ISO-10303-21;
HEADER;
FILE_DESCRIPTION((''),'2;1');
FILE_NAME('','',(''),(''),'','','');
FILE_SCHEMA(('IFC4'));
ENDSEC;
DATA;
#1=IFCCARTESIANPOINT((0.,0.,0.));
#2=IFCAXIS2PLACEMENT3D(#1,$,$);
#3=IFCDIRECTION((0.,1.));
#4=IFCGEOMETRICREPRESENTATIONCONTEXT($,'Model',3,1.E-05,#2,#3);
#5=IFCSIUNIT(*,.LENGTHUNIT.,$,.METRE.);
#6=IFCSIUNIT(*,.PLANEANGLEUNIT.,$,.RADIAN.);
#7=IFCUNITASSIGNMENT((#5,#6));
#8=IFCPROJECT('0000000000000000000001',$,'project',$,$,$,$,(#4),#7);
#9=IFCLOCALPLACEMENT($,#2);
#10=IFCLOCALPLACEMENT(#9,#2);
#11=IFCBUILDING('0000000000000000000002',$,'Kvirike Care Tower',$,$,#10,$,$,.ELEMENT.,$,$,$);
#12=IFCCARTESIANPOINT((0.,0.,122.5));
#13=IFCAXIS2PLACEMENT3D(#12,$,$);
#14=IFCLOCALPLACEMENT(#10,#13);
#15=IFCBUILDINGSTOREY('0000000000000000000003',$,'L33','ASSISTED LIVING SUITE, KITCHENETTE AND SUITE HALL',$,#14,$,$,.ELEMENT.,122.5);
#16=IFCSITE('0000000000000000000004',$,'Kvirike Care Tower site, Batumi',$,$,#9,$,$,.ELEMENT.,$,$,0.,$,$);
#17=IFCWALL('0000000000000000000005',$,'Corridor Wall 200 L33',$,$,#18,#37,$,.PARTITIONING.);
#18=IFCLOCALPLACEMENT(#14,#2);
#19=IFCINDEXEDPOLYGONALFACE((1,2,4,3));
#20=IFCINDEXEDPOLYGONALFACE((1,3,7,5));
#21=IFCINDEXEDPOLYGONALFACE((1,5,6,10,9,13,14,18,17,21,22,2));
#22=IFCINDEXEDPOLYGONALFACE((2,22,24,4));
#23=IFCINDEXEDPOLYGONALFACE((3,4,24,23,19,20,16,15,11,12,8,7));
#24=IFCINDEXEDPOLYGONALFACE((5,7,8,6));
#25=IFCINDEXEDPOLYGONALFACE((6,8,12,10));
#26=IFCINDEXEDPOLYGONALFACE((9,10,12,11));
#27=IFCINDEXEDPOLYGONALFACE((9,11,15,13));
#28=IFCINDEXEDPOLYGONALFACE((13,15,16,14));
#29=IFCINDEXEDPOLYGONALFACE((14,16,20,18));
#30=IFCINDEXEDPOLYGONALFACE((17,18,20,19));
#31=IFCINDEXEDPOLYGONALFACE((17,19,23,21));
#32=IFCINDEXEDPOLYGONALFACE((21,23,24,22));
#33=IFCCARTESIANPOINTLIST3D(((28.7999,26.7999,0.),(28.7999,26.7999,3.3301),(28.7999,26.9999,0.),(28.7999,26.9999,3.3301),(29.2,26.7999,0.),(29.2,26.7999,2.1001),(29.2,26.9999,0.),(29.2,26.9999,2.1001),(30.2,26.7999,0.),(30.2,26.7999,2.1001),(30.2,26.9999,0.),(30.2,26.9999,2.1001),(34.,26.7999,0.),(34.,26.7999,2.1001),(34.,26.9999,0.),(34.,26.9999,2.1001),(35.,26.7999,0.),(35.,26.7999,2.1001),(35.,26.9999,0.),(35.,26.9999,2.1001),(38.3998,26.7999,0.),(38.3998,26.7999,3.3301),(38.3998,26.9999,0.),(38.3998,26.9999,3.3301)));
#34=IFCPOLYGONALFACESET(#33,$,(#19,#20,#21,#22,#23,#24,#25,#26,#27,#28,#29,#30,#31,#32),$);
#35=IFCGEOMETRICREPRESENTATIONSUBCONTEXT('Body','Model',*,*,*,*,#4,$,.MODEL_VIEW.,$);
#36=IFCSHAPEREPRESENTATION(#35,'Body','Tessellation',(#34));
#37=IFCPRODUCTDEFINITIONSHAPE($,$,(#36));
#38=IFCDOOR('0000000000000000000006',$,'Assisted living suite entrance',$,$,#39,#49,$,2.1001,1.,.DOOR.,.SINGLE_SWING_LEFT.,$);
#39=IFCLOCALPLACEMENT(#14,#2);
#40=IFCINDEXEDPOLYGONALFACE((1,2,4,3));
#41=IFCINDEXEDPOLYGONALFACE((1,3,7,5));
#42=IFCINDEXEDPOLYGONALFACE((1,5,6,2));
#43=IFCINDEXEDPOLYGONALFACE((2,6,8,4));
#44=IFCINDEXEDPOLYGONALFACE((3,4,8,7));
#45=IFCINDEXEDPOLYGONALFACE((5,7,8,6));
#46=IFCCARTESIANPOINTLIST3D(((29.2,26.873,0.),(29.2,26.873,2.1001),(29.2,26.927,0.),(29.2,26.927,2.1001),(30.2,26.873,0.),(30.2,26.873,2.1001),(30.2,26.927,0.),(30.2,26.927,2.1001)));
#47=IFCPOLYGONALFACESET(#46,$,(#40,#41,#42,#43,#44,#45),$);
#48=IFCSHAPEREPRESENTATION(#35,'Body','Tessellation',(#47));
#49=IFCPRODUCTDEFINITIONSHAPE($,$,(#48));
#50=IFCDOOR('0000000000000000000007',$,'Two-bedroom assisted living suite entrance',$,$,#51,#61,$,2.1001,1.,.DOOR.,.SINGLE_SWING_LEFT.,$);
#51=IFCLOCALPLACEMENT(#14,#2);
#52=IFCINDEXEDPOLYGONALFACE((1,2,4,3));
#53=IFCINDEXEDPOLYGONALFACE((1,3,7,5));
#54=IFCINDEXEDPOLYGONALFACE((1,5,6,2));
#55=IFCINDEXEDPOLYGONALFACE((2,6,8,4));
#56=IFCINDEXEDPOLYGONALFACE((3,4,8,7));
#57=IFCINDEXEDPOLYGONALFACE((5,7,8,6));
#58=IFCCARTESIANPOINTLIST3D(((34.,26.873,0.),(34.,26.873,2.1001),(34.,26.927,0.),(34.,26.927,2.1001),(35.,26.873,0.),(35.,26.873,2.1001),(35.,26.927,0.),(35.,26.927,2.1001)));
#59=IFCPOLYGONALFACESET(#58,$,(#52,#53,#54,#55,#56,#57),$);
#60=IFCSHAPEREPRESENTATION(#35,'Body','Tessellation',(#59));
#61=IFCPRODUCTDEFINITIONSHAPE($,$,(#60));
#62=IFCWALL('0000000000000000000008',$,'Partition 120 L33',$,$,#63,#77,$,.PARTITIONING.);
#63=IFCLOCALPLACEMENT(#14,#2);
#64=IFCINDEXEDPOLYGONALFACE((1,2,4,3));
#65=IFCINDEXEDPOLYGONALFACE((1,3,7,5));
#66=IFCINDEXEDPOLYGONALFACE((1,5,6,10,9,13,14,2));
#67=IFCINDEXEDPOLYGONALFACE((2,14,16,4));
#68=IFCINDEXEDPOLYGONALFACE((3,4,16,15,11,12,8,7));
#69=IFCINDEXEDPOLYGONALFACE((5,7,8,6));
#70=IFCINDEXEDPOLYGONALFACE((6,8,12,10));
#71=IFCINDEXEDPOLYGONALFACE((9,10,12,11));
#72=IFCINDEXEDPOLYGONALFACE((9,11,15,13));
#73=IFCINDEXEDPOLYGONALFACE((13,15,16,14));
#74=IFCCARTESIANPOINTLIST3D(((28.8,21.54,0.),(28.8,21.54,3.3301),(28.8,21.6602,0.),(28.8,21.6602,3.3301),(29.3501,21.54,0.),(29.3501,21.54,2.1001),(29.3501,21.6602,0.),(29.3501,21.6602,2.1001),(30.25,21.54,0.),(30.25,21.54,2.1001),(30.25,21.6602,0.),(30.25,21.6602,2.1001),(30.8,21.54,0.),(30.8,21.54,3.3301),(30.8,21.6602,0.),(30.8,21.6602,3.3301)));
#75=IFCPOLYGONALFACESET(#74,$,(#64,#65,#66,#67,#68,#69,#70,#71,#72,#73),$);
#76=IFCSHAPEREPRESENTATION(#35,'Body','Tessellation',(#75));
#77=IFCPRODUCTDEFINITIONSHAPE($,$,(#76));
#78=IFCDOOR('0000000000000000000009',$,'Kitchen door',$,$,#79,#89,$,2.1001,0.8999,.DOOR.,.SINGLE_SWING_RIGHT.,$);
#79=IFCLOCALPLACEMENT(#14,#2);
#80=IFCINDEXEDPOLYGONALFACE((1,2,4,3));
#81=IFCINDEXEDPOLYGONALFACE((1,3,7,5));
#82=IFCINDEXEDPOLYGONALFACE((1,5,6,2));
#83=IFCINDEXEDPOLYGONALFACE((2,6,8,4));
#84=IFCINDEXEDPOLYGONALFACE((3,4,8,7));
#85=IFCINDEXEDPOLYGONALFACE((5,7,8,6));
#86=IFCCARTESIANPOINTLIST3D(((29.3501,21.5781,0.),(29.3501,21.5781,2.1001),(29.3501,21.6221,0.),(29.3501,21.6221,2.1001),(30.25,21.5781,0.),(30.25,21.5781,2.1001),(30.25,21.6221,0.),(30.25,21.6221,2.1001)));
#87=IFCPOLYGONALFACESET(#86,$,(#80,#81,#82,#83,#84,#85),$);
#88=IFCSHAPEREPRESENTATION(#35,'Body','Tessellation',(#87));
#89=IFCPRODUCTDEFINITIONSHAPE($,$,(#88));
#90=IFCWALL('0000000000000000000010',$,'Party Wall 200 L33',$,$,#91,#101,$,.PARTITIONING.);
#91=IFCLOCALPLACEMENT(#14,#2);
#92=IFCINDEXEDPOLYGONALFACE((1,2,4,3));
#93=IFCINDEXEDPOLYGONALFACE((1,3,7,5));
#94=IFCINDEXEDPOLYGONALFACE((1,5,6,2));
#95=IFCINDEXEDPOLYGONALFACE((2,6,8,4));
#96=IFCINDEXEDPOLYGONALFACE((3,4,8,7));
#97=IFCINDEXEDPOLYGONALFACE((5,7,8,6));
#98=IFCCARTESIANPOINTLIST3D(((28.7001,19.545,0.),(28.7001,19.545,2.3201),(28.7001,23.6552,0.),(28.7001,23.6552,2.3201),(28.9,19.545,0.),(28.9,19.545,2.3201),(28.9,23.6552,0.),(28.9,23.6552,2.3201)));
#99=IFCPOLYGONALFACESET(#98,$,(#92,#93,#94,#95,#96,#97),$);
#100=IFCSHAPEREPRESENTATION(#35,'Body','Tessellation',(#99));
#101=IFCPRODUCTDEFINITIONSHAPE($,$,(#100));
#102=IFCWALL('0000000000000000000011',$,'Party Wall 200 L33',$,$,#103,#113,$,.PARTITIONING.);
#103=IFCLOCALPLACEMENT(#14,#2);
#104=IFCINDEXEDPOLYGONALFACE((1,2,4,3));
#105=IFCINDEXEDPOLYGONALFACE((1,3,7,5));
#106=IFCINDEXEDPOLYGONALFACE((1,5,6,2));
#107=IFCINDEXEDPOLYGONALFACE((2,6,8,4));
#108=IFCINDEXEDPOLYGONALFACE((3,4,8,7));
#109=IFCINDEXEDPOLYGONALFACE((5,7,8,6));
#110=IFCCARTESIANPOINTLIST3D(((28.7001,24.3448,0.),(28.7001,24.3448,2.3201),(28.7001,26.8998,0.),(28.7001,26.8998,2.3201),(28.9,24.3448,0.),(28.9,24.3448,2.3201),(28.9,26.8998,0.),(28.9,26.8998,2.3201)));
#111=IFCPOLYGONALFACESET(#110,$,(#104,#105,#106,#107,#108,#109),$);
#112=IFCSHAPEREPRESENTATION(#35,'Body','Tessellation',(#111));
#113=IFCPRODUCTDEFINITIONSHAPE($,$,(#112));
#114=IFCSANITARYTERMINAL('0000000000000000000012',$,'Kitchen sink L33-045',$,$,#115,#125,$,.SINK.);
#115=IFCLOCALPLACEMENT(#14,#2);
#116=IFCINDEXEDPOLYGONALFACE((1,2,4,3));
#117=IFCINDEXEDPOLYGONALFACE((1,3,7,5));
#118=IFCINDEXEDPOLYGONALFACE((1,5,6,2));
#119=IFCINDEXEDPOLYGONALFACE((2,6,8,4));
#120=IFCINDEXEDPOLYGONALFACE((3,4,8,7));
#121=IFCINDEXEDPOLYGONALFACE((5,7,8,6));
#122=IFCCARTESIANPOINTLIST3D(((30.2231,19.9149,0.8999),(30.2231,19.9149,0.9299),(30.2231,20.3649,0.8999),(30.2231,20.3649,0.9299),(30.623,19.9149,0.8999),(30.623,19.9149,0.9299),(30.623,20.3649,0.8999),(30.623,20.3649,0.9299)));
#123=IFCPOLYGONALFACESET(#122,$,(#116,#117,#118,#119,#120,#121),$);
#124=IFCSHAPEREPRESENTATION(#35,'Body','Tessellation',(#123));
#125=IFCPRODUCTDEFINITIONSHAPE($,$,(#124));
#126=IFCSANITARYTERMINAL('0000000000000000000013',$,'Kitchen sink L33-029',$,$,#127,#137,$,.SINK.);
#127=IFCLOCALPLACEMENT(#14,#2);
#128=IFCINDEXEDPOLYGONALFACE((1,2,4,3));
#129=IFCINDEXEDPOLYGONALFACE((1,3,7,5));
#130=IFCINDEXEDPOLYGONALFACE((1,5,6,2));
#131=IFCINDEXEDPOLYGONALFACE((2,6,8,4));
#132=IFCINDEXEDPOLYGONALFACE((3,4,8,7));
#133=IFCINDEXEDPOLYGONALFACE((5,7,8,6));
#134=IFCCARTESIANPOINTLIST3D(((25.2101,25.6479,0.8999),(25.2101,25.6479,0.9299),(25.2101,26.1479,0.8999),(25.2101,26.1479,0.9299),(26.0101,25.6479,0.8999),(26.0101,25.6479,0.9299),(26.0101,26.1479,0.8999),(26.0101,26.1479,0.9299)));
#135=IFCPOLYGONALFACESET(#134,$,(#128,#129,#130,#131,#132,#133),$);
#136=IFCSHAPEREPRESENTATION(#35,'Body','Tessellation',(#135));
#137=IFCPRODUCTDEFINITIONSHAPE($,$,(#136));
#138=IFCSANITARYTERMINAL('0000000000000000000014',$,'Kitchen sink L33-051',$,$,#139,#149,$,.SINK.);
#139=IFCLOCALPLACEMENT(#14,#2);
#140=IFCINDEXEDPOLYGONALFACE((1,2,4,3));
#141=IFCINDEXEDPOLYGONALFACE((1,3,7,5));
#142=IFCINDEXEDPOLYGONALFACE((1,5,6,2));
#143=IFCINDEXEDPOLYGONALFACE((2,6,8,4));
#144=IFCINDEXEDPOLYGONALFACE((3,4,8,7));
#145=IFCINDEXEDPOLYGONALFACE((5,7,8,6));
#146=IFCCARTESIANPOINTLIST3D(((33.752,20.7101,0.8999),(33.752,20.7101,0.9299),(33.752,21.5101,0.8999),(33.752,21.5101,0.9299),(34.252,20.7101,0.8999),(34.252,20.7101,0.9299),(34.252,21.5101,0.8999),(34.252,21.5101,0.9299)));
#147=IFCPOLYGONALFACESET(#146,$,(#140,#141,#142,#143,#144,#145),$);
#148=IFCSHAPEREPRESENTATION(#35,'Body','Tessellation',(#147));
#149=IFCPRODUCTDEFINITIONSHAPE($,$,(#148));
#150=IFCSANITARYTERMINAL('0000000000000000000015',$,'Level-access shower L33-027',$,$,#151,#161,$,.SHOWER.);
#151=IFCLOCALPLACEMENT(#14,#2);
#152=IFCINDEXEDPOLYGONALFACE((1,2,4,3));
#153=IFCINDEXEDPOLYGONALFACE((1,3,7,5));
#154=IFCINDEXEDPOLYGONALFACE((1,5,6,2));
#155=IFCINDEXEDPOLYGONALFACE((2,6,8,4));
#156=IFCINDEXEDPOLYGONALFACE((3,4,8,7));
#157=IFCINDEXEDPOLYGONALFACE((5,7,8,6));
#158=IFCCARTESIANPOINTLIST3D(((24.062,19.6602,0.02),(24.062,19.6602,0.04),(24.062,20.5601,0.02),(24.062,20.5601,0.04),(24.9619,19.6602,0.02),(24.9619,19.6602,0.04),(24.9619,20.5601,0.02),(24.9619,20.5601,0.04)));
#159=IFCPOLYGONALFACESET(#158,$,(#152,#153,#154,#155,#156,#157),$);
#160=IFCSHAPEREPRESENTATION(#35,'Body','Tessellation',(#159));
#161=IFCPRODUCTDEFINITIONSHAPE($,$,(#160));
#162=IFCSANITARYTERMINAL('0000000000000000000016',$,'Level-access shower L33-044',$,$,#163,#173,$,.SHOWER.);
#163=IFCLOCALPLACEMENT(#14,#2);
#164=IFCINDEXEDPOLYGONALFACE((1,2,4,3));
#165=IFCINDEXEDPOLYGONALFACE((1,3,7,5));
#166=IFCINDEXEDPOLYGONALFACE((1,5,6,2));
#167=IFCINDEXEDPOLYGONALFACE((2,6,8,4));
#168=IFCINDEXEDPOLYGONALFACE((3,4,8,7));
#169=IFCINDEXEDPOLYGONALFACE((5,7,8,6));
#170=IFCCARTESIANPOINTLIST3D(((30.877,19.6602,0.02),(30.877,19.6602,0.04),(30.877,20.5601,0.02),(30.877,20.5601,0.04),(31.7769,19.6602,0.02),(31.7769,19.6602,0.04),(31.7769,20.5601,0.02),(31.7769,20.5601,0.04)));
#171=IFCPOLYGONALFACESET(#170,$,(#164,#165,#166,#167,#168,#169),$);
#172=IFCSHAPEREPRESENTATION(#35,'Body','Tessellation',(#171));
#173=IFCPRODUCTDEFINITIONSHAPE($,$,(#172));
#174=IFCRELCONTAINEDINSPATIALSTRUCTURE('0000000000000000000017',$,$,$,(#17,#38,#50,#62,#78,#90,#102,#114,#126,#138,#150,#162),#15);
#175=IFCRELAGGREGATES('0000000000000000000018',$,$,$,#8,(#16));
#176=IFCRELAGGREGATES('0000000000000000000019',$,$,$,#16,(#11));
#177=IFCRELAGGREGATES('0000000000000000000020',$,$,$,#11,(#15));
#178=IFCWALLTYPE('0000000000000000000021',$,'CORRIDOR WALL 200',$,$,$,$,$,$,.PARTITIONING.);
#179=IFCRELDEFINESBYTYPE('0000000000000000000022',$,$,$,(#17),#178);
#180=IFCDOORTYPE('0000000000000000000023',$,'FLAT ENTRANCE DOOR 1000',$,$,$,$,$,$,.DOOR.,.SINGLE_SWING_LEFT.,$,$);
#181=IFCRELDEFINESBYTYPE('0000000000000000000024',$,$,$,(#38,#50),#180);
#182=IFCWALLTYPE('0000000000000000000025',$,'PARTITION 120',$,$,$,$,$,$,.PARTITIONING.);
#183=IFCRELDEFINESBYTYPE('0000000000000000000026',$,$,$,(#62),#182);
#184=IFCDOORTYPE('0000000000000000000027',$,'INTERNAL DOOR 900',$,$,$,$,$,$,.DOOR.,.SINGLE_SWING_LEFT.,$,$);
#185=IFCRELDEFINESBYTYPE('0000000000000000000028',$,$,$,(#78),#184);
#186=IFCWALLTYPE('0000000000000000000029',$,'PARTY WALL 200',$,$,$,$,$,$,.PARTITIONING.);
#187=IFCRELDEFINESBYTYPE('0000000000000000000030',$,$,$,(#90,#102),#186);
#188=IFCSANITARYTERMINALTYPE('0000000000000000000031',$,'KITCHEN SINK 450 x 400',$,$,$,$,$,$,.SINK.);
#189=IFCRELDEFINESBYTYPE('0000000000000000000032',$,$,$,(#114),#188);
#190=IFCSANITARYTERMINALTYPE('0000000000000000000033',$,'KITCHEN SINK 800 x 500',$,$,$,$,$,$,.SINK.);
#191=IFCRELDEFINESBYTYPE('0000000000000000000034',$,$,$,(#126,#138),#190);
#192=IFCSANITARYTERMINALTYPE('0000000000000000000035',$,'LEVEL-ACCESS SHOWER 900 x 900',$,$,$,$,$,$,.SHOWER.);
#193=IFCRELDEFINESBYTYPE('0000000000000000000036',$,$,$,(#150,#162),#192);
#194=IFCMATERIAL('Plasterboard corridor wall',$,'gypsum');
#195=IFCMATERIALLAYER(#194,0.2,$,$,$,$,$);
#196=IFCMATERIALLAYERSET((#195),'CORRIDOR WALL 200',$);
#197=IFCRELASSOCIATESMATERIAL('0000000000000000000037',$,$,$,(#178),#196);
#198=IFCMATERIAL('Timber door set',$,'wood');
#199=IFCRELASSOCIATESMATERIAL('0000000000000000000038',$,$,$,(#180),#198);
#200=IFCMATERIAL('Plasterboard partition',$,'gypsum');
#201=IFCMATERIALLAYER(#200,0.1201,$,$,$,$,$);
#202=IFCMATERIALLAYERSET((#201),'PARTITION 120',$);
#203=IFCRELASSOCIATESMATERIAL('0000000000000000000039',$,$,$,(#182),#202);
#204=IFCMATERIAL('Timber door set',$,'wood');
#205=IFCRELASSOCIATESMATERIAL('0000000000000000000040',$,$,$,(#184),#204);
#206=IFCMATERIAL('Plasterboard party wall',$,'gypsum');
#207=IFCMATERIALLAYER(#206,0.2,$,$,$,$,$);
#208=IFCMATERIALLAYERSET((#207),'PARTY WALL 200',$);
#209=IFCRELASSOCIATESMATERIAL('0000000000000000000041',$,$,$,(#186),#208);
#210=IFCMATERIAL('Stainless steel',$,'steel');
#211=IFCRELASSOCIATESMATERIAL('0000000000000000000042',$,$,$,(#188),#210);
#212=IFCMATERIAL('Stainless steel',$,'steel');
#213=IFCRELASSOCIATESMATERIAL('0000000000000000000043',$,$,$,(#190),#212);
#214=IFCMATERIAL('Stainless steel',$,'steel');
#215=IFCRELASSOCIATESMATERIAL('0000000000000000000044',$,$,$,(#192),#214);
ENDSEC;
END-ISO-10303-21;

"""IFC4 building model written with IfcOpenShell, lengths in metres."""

from ifc_helpers import new_model, si_unit, direction, frame, frame_2d, origin, origin_2d, place, context, subcontext, project, spatial, rectangle, extrude, material, layer, layer_set, type_object, element, fill, save


model = new_model("IFC4")

# Units and contexts
model_context = context("Model", 3, precision=1e-05, world=origin(), true_north=direction((0.0, 1.0)))
body_context = subcontext(model_context, "Body", "Model", "MODEL_VIEW")
ifc_project = project(units=[si_unit("LENGTHUNIT", "METRE"), si_unit("PLANEANGLEUNIT", "RADIAN")], contexts=[model_context])

# Site, building, storey
site_placement = place(None, origin())
site = spatial("IfcSite", under=ifc_project, at=site_placement, Name="Kvirike Care Tower site, Batumi", CompositionType="ELEMENT", RefElevation=0.0)
building_placement = place(site_placement, origin())
building = spatial("IfcBuilding", under=site, at=building_placement, Name="Kvirike Care Tower", CompositionType="ELEMENT")
storey_placement = place(building_placement, frame((0.0, 0.0, 122.5)))
storey = spatial("IfcBuildingStorey", under=building, at=storey_placement, Name="L33", Description="ASSISTED LIVING SUITE, KITCHENETTE AND SUITE HALL", CompositionType="ELEMENT", Elevation=122.5)

# Wall, openings, doors
ifc_material_1 = material(Name="Plasterboard corridor wall", Category="gypsum")
ifc_layer_1 = layer(ifc_material_1, 0.2)
ifc_layer_set_1 = layer_set([ifc_layer_1], Name="CORRIDOR WALL 200")
wall_type_1 = type_object("IfcWallType", Name="CORRIDOR WALL 200", PredefinedType="PARTITIONING", material=ifc_layer_set_1)
wall_1_placement = place(storey_placement, frame((28.8, 26.8999, 0.0), z_axis=(0.0, 0.0, 1.0), x_axis=(1.0, 0.0, 0.0)))
wall_1 = element("IfcWall", 1, at=wall_1_placement, inside=storey, type_object=wall_type_1, Name="Corridor Wall 200 L33", PredefinedType="PARTITIONING", context=body_context, shape_type="SweptSolid", body=[
    extrude(rectangle(XDim=9.5999, YDim=0.2, at=frame_2d((4.7998, 0.0))), origin(), (0.0, 0.0, 1.0), 3.3301),
])
opening_1_placement = place(wall_1_placement, frame((0.3999, 0.0, 0.0)))
opening_1 = element("IfcOpeningElement", 2, at=opening_1_placement, cuts=wall_1, PredefinedType="OPENING", context=body_context, shape_type="SweptSolid", body=[
    extrude(rectangle(XDim=1.0, YDim=2.1001, at=frame_2d((0.5, 1.05))), frame((0.0, 0.1106, 0.0), z_axis=(0.0, -1.0, 0.0), x_axis=(1.0, 0.0, 0.0)), (0.0, 0.0, 1.0), 0.2209),
])
opening_2_placement = place(wall_1_placement, frame((5.2, 0.0, 0.0)))
opening_2 = element("IfcOpeningElement", 3, at=opening_2_placement, cuts=wall_1, PredefinedType="OPENING", context=body_context, shape_type="SweptSolid", body=[
    extrude(rectangle(XDim=1.0, YDim=2.1001, at=frame_2d((0.5, 1.05))), frame((0.0, 0.1106, 0.0), z_axis=(0.0, -1.0, 0.0), x_axis=(1.0, 0.0, 0.0)), (0.0, 0.0, 1.0), 0.2209),
])
ifc_material_2 = material(Name="Timber door set", Category="wood")
door_type_1 = type_object("IfcDoorType", Name="FLAT ENTRANCE DOOR 1000", OperationType="SINGLE_SWING_LEFT", PredefinedType="DOOR", material=ifc_material_2)
door_1_placement = place(opening_1_placement, frame((1.0, 0.0, 0.0), z_axis=(0.0, 0.0, 1.0), x_axis=(-1.0, 0.0, 0.0)))
door_1 = element("IfcDoor", 4, at=door_1_placement, inside=storey, type_object=door_type_1, Name="Assisted living suite entrance", OperationType="SINGLE_SWING_LEFT", OverallHeight=2.1001, OverallWidth=1.0, PredefinedType="DOOR", context=body_context, shape_type="SweptSolid", body=[
    extrude(rectangle(XDim=1.0, YDim=2.1001, at=frame_2d((0.5, 1.05))), frame((0.0, 0.0269, 0.0), z_axis=(0.0, -1.0, 0.0), x_axis=(1.0, 0.0, 0.0)), (0.0, 0.0, 1.0), 0.054),
])
fill(opening_1, door_1)
door_2_placement = place(opening_2_placement, frame((1.0, 0.0, 0.0), z_axis=(0.0, 0.0, 1.0), x_axis=(-1.0, 0.0, 0.0)))
door_2 = element("IfcDoor", 5, at=door_2_placement, inside=storey, type_object=door_type_1, Name="Two-bedroom assisted living suite entrance", OperationType="SINGLE_SWING_LEFT", OverallHeight=2.1001, OverallWidth=1.0, PredefinedType="DOOR", context=body_context, shape_type="SweptSolid", body=[
    extrude(rectangle(XDim=1.0, YDim=2.1001, at=frame_2d((0.5, 1.05))), frame((0.0, 0.0269, 0.0), z_axis=(0.0, -1.0, 0.0), x_axis=(1.0, 0.0, 0.0)), (0.0, 0.0, 1.0), 0.054),
])
fill(opening_2, door_2)

# Wall, opening, door
ifc_material_3 = material(Name="Plasterboard partition", Category="gypsum")
ifc_layer_2 = layer(ifc_material_3, 0.1201)
ifc_layer_set_2 = layer_set([ifc_layer_2], Name="PARTITION 120")
wall_type_2 = type_object("IfcWallType", Name="PARTITION 120", PredefinedType="PARTITIONING", material=ifc_layer_set_2)
wall_2_placement = place(storey_placement, frame((28.8, 21.6001, 0.0), z_axis=(0.0, 0.0, 1.0), x_axis=(1.0, 0.0, 0.0)))
wall_2 = element("IfcWall", 6, at=wall_2_placement, inside=storey, type_object=wall_type_2, Name="Partition 120 L33", PredefinedType="PARTITIONING", context=body_context, shape_type="SweptSolid", body=[
    extrude(rectangle(XDim=2.0, YDim=0.1201, at=frame_2d((1.0, 0.0))), origin(), (0.0, 0.0, 1.0), 3.3301),
])
opening_3_placement = place(wall_2_placement, frame((0.55, 0.0, 0.0)))
opening_3 = element("IfcOpeningElement", 7, at=opening_3_placement, cuts=wall_2, PredefinedType="OPENING", context=body_context, shape_type="SweptSolid", body=[
    extrude(rectangle(XDim=0.8999, YDim=2.1001, at=frame_2d((0.45, 1.05))), frame((0.0, 0.0706, 0.0), z_axis=(0.0, -1.0, 0.0), x_axis=(1.0, 0.0, 0.0)), (0.0, 0.0, 1.0), 0.1411),
])
ifc_material_4 = material(Name="Timber door set", Category="wood")
door_type_2 = type_object("IfcDoorType", Name="INTERNAL DOOR 900", OperationType="SINGLE_SWING_LEFT", PredefinedType="DOOR", material=ifc_material_4)
door_3_placement = place(opening_3_placement, frame((0.8999, 0.0, 0.0), z_axis=(0.0, 0.0, 1.0), x_axis=(-1.0, 0.0, 0.0)))
door_3 = element("IfcDoor", 8, at=door_3_placement, inside=storey, type_object=door_type_2, Name="Kitchen door", OperationType="SINGLE_SWING_RIGHT", OverallHeight=2.1001, OverallWidth=0.8999, PredefinedType="DOOR", context=body_context, shape_type="SweptSolid", body=[
    extrude(rectangle(XDim=0.8999, YDim=2.1001, at=frame_2d((0.45, 1.05))), frame((0.0, 0.022, 0.0), z_axis=(0.0, -1.0, 0.0), x_axis=(1.0, 0.0, 0.0)), (0.0, 0.0, 1.0), 0.0439),
])
fill(opening_3, door_3)

# Walls
ifc_material_5 = material(Name="Plasterboard party wall", Category="gypsum")
ifc_layer_3 = layer(ifc_material_5, 0.2)
ifc_layer_set_3 = layer_set([ifc_layer_3], Name="PARTY WALL 200")
wall_type_3 = type_object("IfcWallType", Name="PARTY WALL 200", PredefinedType="PARTITIONING", material=ifc_layer_set_3)
wall_3_placement = place(storey_placement, frame((28.8, 19.5449, 0.0), z_axis=(0.0, 0.0, 1.0), x_axis=(0.0, 1.0, 0.0)))
element("IfcWall", 9, at=wall_3_placement, inside=storey, type_object=wall_type_3, Name="Party Wall 200 L33", PredefinedType="PARTITIONING", context=body_context, shape_type="SweptSolid", body=[
    extrude(rectangle(XDim=4.1101, YDim=0.2, at=frame_2d((2.0552, 0.0))), origin(), (0.0, 0.0, 1.0), 2.3201),
])
wall_4_placement = place(storey_placement, frame((28.8, 24.345, 0.0), z_axis=(0.0, 0.0, 1.0), x_axis=(0.0, 1.0, 0.0)))
element("IfcWall", 10, at=wall_4_placement, inside=storey, type_object=wall_type_3, Name="Party Wall 200 L33", PredefinedType="PARTITIONING", context=body_context, shape_type="SweptSolid", body=[
    extrude(rectangle(XDim=2.5549, YDim=0.2, at=frame_2d((1.2773, 0.0))), origin(), (0.0, 0.0, 1.0), 2.3201),
])

# Sanitary terminals
ifc_material_6 = material(Name="Stainless steel", Category="steel")
sanitary_terminal_type_1 = type_object("IfcSanitaryTerminalType", Name="KITCHEN SINK 450 x 400", PredefinedType="SINK", material=ifc_material_6)
sanitary_terminal_placement = place(storey_placement, frame((30.4231, 20.1399, 0.8999), z_axis=(0.0, 0.0, 1.0), x_axis=(0.0, -1.0, 0.0)))
element("IfcSanitaryTerminal", 11, at=sanitary_terminal_placement, inside=storey, type_object=sanitary_terminal_type_1, Name="Kitchen sink L33-045", PredefinedType="SINK", context=body_context, shape_type="SweptSolid", body=[
    extrude(rectangle(XDim=0.45, YDim=0.3999, at=origin_2d()), origin(), (0.0, 0.0, 1.0), 0.03),
])
ifc_material_7 = material(Name="Stainless steel", Category="steel")
sanitary_terminal_type_2 = type_object("IfcSanitaryTerminalType", Name="KITCHEN SINK 800 x 500", PredefinedType="SINK", material=ifc_material_7)
for number, where, z_axis, x_axis, name in (
    (12, (25.6101, 25.8979, 0.8999), (0.0, 0.0, 1.0), (1.0, 0.0, 0.0), "Kitchen sink L33-029"),
    (13, (34.002, 21.1101, 0.8999), (0.0, 0.0, 1.0), (0.0, 1.0, 0.0), "Kitchen sink L33-051"),
):
    element("IfcSanitaryTerminal", number, at=place(storey_placement, frame(where, z_axis=z_axis, x_axis=x_axis)), inside=storey, type_object=sanitary_terminal_type_2, Name=name, PredefinedType="SINK", context=body_context, shape_type="SweptSolid", body=[
        extrude(rectangle(XDim=0.8, YDim=0.5, at=origin_2d()), origin(), (0.0, 0.0, 1.0), 0.03),
    ])
ifc_material_8 = material(Name="Stainless steel", Category="steel")
sanitary_terminal_type_3 = type_object("IfcSanitaryTerminalType", Name="LEVEL-ACCESS SHOWER 900 x 900", PredefinedType="SHOWER", material=ifc_material_8)
for number, where, z_axis, x_axis, name in (
    (14, (24.512, 20.1101, 0.02), (0.0, 0.0, 1.0), (0.0, 1.0, 0.0), "Level-access shower L33-027"),
    (15, (31.3269, 20.1101, 0.02), (0.0, 0.0, 1.0), (0.0, 1.0, 0.0), "Level-access shower L33-044"),
):
    element("IfcSanitaryTerminal", number, at=place(storey_placement, frame(where, z_axis=z_axis, x_axis=x_axis)), inside=storey, type_object=sanitary_terminal_type_3, Name=name, PredefinedType="SHOWER", context=body_context, shape_type="SweptSolid", body=[
        extrude(rectangle(XDim=0.8999, YDim=0.8999, at=origin_2d()), origin(), (0.0, 0.0, 1.0), 0.02),
    ])

save(model, "model.ifc")
